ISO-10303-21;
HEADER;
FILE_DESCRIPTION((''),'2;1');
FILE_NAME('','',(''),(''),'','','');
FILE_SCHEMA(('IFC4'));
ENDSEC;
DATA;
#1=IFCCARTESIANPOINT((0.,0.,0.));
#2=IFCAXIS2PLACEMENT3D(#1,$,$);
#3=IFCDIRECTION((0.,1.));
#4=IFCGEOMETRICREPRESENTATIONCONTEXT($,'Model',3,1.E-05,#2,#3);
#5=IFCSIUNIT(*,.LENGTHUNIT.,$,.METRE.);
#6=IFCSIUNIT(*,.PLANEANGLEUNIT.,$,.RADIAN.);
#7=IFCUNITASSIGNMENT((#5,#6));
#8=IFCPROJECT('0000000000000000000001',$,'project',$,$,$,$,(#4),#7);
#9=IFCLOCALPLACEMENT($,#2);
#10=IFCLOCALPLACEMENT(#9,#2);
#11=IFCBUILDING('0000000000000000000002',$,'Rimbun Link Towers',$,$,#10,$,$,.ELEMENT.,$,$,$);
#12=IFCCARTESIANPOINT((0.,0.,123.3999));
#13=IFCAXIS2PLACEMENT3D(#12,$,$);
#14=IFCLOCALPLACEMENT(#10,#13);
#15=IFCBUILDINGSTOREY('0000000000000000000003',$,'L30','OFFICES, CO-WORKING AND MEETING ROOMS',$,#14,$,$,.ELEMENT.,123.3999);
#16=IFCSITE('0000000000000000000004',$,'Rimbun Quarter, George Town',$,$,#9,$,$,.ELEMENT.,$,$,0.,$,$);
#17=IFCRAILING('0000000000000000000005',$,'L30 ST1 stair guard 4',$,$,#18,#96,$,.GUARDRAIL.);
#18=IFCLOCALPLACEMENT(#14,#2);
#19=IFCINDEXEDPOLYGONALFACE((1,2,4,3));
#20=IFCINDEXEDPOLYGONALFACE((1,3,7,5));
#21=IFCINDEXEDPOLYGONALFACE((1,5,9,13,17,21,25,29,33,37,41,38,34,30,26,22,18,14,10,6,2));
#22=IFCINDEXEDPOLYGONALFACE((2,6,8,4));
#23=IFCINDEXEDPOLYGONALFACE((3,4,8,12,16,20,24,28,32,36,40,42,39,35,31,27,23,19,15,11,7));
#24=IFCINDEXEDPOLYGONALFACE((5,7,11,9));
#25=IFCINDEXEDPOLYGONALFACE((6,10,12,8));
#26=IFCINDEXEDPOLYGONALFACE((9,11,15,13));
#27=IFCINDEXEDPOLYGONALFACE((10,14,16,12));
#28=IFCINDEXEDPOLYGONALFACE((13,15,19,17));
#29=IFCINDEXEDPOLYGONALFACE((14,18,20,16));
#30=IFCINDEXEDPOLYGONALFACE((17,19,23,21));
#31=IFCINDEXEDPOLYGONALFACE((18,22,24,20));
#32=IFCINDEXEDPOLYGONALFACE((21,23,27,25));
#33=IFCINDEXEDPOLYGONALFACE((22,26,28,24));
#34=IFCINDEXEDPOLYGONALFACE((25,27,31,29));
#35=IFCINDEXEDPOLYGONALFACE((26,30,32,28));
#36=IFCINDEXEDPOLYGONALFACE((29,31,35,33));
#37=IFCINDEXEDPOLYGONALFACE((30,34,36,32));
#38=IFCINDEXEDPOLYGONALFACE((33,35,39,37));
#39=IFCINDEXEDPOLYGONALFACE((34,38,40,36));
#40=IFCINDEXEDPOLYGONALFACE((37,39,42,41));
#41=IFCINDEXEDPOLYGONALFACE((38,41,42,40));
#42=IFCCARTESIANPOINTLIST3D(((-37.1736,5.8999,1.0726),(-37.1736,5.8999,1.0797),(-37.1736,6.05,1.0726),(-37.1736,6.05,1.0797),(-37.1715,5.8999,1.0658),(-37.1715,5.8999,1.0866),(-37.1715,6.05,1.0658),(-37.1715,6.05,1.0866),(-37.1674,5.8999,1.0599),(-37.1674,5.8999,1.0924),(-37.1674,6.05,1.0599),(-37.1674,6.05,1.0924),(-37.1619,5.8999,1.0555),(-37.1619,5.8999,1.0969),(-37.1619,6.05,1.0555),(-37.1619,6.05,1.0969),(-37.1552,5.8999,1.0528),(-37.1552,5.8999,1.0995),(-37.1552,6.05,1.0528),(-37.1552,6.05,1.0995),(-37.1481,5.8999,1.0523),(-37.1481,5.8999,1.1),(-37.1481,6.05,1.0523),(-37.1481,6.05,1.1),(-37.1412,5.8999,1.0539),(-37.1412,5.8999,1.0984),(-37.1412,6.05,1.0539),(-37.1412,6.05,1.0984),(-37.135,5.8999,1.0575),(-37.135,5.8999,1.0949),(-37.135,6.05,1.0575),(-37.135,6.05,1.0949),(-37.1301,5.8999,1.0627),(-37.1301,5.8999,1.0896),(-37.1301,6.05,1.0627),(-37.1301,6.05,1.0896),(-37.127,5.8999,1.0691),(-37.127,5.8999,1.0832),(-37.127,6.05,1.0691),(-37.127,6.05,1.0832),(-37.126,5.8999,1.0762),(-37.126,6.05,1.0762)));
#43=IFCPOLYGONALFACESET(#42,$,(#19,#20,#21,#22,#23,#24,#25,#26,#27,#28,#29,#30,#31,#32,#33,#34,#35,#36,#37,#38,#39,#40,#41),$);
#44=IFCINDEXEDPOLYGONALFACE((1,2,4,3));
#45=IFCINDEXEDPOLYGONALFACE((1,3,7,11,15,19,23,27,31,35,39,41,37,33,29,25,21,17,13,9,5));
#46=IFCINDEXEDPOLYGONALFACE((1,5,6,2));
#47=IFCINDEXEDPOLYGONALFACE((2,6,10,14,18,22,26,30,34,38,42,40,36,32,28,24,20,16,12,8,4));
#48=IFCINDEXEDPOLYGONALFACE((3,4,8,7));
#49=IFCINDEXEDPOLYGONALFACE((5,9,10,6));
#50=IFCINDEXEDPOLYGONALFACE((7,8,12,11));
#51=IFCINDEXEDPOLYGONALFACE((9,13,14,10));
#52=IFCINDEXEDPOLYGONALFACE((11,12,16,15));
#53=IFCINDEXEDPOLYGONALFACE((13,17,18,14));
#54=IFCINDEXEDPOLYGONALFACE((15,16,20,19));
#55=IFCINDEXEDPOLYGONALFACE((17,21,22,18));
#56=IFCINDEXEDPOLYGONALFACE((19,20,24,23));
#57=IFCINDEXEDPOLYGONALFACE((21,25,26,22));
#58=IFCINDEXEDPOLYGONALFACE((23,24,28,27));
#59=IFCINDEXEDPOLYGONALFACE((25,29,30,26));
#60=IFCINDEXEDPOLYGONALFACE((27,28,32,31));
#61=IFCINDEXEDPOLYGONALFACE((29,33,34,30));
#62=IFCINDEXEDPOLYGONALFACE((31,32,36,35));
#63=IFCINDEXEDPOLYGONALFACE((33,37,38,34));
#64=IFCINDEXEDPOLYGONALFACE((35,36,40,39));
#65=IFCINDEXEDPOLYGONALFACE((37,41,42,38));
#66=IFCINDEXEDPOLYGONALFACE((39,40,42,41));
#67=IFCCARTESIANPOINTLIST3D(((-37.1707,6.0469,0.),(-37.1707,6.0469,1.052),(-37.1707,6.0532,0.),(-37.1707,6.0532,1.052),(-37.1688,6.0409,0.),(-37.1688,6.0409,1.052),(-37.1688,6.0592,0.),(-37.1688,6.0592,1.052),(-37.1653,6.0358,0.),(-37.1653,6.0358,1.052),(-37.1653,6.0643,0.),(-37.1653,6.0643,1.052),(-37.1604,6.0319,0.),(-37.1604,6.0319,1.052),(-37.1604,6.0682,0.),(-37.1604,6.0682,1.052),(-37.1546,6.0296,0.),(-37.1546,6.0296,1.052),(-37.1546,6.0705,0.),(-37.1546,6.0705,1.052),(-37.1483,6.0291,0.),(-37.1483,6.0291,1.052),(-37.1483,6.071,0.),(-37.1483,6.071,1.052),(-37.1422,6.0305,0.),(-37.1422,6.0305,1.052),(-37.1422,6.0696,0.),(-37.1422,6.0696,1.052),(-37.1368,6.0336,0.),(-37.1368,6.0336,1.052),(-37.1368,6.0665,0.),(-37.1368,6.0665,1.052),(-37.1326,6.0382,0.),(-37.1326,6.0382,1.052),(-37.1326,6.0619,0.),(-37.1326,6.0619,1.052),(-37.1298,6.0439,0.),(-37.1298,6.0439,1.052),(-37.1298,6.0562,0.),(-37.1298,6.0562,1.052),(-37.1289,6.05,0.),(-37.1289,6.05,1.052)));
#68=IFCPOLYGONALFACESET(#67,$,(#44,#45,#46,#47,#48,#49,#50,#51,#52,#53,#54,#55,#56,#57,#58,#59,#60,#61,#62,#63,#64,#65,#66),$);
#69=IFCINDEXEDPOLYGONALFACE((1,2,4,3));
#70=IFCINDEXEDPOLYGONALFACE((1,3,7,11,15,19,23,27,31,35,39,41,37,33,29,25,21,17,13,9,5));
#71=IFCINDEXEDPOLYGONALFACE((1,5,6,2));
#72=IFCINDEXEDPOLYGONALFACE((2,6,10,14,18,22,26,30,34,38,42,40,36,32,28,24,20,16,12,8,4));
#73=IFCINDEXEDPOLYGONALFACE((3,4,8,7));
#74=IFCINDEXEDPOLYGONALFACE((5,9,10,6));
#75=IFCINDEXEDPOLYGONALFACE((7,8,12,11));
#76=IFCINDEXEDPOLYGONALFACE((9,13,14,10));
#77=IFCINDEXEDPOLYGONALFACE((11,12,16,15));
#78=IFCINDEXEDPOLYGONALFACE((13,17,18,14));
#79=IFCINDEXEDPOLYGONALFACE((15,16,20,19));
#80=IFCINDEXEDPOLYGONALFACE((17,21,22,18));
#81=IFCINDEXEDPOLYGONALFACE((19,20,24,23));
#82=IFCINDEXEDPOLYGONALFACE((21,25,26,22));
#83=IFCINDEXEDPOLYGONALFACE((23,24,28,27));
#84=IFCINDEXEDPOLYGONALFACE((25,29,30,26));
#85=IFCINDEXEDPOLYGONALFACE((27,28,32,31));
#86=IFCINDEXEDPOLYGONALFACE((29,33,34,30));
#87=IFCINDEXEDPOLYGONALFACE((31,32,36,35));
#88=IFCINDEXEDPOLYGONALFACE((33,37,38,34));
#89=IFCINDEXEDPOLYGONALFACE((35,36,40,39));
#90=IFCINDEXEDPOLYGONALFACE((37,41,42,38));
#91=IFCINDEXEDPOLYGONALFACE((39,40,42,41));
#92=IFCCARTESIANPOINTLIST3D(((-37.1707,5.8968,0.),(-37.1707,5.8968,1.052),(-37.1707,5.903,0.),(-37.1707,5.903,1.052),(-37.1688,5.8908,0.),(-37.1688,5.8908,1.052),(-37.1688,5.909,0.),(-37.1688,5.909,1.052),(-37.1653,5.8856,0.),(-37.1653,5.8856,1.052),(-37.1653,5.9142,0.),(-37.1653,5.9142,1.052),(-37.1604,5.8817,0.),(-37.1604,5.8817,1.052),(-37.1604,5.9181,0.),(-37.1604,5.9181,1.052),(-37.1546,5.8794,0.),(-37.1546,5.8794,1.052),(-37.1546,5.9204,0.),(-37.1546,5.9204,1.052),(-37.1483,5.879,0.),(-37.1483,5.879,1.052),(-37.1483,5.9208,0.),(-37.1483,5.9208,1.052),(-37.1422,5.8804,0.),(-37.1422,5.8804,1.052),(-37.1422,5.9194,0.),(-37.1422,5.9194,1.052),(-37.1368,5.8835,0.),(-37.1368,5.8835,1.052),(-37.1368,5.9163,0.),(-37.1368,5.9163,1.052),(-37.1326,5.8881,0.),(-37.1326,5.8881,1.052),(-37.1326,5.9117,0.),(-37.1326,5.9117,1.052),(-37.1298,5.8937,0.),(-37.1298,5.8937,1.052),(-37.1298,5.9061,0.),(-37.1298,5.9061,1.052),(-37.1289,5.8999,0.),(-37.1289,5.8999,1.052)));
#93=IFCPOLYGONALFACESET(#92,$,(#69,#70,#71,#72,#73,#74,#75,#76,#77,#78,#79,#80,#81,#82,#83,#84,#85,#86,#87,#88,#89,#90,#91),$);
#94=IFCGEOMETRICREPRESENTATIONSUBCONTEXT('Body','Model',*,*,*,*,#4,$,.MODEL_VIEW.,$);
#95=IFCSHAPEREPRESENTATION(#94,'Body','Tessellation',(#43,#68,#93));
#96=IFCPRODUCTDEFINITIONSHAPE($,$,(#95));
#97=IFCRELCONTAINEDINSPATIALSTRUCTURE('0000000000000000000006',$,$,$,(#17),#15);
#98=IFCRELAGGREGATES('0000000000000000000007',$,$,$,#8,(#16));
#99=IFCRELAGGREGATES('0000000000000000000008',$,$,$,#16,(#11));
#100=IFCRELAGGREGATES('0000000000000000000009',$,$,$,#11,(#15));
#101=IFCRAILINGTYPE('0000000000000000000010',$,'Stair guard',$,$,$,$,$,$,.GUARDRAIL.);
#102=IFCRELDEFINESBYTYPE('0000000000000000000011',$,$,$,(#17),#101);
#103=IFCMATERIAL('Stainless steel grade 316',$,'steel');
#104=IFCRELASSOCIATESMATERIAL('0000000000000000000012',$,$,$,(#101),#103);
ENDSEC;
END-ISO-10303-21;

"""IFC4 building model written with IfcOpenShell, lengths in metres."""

from ifc_helpers import new_model, si_unit, direction, frame, origin, origin_2d, place, context, subcontext, project, spatial, circle, extrude, material, type_object, element, save


model = new_model("IFC4")

# Units and contexts
model_context = context("Model", 3, precision=1e-05, world=origin(), true_north=direction((0.0, 1.0)))
body_context = subcontext(model_context, "Body", "Model", "MODEL_VIEW")
ifc_project = project(units=[si_unit("LENGTHUNIT", "METRE"), si_unit("PLANEANGLEUNIT", "RADIAN")], contexts=[model_context])

# Site, building, storey
site_placement = place(None, origin())
site = spatial("IfcSite", under=ifc_project, at=site_placement, Name="Rimbun Quarter, George Town", CompositionType="ELEMENT", RefElevation=0.0)
building_placement = place(site_placement, origin())
building = spatial("IfcBuilding", under=site, at=building_placement, Name="Rimbun Link Towers", CompositionType="ELEMENT")
storey_placement = place(building_placement, frame((0.0, 0.0, 123.3999)))
storey = spatial("IfcBuildingStorey", under=building, at=storey_placement, Name="L30", Description="OFFICES, CO-WORKING AND MEETING ROOMS", CompositionType="ELEMENT", Elevation=123.3999)

# Railing
ifc_material_1 = material(Name="Stainless steel grade 316", Category="steel")
railing_type_1 = type_object("IfcRailingType", Name="Stair guard", PredefinedType="GUARDRAIL", material=ifc_material_1)
railing_1_placement = place(storey_placement, frame((-37.1499, 6.05, 0.0)))
element("IfcRailing", 1, at=railing_1_placement, inside=storey, type_object=railing_type_1, Name="L30 ST1 stair guard 4", PredefinedType="GUARDRAIL", context=body_context, shape_type="SweptSolid", body=[
    extrude(circle(Radius=0.0239, at=origin_2d()), frame((0.0, 0.0, 1.0762), z_axis=(0.0, -1.0, 0.0), x_axis=(1.0, 0.0, 0.0)), (0.0, 0.0, 1.0), 0.1501),
    extrude(circle(Radius=0.021, at=origin_2d()), origin(), (0.0, 0.0, 1.0), 1.052),
    extrude(circle(Radius=0.021, at=origin_2d()), frame((0.0, -0.1501, 0.0)), (0.0, 0.0, 1.0), 1.052),
])

save(model, "model.ifc")
